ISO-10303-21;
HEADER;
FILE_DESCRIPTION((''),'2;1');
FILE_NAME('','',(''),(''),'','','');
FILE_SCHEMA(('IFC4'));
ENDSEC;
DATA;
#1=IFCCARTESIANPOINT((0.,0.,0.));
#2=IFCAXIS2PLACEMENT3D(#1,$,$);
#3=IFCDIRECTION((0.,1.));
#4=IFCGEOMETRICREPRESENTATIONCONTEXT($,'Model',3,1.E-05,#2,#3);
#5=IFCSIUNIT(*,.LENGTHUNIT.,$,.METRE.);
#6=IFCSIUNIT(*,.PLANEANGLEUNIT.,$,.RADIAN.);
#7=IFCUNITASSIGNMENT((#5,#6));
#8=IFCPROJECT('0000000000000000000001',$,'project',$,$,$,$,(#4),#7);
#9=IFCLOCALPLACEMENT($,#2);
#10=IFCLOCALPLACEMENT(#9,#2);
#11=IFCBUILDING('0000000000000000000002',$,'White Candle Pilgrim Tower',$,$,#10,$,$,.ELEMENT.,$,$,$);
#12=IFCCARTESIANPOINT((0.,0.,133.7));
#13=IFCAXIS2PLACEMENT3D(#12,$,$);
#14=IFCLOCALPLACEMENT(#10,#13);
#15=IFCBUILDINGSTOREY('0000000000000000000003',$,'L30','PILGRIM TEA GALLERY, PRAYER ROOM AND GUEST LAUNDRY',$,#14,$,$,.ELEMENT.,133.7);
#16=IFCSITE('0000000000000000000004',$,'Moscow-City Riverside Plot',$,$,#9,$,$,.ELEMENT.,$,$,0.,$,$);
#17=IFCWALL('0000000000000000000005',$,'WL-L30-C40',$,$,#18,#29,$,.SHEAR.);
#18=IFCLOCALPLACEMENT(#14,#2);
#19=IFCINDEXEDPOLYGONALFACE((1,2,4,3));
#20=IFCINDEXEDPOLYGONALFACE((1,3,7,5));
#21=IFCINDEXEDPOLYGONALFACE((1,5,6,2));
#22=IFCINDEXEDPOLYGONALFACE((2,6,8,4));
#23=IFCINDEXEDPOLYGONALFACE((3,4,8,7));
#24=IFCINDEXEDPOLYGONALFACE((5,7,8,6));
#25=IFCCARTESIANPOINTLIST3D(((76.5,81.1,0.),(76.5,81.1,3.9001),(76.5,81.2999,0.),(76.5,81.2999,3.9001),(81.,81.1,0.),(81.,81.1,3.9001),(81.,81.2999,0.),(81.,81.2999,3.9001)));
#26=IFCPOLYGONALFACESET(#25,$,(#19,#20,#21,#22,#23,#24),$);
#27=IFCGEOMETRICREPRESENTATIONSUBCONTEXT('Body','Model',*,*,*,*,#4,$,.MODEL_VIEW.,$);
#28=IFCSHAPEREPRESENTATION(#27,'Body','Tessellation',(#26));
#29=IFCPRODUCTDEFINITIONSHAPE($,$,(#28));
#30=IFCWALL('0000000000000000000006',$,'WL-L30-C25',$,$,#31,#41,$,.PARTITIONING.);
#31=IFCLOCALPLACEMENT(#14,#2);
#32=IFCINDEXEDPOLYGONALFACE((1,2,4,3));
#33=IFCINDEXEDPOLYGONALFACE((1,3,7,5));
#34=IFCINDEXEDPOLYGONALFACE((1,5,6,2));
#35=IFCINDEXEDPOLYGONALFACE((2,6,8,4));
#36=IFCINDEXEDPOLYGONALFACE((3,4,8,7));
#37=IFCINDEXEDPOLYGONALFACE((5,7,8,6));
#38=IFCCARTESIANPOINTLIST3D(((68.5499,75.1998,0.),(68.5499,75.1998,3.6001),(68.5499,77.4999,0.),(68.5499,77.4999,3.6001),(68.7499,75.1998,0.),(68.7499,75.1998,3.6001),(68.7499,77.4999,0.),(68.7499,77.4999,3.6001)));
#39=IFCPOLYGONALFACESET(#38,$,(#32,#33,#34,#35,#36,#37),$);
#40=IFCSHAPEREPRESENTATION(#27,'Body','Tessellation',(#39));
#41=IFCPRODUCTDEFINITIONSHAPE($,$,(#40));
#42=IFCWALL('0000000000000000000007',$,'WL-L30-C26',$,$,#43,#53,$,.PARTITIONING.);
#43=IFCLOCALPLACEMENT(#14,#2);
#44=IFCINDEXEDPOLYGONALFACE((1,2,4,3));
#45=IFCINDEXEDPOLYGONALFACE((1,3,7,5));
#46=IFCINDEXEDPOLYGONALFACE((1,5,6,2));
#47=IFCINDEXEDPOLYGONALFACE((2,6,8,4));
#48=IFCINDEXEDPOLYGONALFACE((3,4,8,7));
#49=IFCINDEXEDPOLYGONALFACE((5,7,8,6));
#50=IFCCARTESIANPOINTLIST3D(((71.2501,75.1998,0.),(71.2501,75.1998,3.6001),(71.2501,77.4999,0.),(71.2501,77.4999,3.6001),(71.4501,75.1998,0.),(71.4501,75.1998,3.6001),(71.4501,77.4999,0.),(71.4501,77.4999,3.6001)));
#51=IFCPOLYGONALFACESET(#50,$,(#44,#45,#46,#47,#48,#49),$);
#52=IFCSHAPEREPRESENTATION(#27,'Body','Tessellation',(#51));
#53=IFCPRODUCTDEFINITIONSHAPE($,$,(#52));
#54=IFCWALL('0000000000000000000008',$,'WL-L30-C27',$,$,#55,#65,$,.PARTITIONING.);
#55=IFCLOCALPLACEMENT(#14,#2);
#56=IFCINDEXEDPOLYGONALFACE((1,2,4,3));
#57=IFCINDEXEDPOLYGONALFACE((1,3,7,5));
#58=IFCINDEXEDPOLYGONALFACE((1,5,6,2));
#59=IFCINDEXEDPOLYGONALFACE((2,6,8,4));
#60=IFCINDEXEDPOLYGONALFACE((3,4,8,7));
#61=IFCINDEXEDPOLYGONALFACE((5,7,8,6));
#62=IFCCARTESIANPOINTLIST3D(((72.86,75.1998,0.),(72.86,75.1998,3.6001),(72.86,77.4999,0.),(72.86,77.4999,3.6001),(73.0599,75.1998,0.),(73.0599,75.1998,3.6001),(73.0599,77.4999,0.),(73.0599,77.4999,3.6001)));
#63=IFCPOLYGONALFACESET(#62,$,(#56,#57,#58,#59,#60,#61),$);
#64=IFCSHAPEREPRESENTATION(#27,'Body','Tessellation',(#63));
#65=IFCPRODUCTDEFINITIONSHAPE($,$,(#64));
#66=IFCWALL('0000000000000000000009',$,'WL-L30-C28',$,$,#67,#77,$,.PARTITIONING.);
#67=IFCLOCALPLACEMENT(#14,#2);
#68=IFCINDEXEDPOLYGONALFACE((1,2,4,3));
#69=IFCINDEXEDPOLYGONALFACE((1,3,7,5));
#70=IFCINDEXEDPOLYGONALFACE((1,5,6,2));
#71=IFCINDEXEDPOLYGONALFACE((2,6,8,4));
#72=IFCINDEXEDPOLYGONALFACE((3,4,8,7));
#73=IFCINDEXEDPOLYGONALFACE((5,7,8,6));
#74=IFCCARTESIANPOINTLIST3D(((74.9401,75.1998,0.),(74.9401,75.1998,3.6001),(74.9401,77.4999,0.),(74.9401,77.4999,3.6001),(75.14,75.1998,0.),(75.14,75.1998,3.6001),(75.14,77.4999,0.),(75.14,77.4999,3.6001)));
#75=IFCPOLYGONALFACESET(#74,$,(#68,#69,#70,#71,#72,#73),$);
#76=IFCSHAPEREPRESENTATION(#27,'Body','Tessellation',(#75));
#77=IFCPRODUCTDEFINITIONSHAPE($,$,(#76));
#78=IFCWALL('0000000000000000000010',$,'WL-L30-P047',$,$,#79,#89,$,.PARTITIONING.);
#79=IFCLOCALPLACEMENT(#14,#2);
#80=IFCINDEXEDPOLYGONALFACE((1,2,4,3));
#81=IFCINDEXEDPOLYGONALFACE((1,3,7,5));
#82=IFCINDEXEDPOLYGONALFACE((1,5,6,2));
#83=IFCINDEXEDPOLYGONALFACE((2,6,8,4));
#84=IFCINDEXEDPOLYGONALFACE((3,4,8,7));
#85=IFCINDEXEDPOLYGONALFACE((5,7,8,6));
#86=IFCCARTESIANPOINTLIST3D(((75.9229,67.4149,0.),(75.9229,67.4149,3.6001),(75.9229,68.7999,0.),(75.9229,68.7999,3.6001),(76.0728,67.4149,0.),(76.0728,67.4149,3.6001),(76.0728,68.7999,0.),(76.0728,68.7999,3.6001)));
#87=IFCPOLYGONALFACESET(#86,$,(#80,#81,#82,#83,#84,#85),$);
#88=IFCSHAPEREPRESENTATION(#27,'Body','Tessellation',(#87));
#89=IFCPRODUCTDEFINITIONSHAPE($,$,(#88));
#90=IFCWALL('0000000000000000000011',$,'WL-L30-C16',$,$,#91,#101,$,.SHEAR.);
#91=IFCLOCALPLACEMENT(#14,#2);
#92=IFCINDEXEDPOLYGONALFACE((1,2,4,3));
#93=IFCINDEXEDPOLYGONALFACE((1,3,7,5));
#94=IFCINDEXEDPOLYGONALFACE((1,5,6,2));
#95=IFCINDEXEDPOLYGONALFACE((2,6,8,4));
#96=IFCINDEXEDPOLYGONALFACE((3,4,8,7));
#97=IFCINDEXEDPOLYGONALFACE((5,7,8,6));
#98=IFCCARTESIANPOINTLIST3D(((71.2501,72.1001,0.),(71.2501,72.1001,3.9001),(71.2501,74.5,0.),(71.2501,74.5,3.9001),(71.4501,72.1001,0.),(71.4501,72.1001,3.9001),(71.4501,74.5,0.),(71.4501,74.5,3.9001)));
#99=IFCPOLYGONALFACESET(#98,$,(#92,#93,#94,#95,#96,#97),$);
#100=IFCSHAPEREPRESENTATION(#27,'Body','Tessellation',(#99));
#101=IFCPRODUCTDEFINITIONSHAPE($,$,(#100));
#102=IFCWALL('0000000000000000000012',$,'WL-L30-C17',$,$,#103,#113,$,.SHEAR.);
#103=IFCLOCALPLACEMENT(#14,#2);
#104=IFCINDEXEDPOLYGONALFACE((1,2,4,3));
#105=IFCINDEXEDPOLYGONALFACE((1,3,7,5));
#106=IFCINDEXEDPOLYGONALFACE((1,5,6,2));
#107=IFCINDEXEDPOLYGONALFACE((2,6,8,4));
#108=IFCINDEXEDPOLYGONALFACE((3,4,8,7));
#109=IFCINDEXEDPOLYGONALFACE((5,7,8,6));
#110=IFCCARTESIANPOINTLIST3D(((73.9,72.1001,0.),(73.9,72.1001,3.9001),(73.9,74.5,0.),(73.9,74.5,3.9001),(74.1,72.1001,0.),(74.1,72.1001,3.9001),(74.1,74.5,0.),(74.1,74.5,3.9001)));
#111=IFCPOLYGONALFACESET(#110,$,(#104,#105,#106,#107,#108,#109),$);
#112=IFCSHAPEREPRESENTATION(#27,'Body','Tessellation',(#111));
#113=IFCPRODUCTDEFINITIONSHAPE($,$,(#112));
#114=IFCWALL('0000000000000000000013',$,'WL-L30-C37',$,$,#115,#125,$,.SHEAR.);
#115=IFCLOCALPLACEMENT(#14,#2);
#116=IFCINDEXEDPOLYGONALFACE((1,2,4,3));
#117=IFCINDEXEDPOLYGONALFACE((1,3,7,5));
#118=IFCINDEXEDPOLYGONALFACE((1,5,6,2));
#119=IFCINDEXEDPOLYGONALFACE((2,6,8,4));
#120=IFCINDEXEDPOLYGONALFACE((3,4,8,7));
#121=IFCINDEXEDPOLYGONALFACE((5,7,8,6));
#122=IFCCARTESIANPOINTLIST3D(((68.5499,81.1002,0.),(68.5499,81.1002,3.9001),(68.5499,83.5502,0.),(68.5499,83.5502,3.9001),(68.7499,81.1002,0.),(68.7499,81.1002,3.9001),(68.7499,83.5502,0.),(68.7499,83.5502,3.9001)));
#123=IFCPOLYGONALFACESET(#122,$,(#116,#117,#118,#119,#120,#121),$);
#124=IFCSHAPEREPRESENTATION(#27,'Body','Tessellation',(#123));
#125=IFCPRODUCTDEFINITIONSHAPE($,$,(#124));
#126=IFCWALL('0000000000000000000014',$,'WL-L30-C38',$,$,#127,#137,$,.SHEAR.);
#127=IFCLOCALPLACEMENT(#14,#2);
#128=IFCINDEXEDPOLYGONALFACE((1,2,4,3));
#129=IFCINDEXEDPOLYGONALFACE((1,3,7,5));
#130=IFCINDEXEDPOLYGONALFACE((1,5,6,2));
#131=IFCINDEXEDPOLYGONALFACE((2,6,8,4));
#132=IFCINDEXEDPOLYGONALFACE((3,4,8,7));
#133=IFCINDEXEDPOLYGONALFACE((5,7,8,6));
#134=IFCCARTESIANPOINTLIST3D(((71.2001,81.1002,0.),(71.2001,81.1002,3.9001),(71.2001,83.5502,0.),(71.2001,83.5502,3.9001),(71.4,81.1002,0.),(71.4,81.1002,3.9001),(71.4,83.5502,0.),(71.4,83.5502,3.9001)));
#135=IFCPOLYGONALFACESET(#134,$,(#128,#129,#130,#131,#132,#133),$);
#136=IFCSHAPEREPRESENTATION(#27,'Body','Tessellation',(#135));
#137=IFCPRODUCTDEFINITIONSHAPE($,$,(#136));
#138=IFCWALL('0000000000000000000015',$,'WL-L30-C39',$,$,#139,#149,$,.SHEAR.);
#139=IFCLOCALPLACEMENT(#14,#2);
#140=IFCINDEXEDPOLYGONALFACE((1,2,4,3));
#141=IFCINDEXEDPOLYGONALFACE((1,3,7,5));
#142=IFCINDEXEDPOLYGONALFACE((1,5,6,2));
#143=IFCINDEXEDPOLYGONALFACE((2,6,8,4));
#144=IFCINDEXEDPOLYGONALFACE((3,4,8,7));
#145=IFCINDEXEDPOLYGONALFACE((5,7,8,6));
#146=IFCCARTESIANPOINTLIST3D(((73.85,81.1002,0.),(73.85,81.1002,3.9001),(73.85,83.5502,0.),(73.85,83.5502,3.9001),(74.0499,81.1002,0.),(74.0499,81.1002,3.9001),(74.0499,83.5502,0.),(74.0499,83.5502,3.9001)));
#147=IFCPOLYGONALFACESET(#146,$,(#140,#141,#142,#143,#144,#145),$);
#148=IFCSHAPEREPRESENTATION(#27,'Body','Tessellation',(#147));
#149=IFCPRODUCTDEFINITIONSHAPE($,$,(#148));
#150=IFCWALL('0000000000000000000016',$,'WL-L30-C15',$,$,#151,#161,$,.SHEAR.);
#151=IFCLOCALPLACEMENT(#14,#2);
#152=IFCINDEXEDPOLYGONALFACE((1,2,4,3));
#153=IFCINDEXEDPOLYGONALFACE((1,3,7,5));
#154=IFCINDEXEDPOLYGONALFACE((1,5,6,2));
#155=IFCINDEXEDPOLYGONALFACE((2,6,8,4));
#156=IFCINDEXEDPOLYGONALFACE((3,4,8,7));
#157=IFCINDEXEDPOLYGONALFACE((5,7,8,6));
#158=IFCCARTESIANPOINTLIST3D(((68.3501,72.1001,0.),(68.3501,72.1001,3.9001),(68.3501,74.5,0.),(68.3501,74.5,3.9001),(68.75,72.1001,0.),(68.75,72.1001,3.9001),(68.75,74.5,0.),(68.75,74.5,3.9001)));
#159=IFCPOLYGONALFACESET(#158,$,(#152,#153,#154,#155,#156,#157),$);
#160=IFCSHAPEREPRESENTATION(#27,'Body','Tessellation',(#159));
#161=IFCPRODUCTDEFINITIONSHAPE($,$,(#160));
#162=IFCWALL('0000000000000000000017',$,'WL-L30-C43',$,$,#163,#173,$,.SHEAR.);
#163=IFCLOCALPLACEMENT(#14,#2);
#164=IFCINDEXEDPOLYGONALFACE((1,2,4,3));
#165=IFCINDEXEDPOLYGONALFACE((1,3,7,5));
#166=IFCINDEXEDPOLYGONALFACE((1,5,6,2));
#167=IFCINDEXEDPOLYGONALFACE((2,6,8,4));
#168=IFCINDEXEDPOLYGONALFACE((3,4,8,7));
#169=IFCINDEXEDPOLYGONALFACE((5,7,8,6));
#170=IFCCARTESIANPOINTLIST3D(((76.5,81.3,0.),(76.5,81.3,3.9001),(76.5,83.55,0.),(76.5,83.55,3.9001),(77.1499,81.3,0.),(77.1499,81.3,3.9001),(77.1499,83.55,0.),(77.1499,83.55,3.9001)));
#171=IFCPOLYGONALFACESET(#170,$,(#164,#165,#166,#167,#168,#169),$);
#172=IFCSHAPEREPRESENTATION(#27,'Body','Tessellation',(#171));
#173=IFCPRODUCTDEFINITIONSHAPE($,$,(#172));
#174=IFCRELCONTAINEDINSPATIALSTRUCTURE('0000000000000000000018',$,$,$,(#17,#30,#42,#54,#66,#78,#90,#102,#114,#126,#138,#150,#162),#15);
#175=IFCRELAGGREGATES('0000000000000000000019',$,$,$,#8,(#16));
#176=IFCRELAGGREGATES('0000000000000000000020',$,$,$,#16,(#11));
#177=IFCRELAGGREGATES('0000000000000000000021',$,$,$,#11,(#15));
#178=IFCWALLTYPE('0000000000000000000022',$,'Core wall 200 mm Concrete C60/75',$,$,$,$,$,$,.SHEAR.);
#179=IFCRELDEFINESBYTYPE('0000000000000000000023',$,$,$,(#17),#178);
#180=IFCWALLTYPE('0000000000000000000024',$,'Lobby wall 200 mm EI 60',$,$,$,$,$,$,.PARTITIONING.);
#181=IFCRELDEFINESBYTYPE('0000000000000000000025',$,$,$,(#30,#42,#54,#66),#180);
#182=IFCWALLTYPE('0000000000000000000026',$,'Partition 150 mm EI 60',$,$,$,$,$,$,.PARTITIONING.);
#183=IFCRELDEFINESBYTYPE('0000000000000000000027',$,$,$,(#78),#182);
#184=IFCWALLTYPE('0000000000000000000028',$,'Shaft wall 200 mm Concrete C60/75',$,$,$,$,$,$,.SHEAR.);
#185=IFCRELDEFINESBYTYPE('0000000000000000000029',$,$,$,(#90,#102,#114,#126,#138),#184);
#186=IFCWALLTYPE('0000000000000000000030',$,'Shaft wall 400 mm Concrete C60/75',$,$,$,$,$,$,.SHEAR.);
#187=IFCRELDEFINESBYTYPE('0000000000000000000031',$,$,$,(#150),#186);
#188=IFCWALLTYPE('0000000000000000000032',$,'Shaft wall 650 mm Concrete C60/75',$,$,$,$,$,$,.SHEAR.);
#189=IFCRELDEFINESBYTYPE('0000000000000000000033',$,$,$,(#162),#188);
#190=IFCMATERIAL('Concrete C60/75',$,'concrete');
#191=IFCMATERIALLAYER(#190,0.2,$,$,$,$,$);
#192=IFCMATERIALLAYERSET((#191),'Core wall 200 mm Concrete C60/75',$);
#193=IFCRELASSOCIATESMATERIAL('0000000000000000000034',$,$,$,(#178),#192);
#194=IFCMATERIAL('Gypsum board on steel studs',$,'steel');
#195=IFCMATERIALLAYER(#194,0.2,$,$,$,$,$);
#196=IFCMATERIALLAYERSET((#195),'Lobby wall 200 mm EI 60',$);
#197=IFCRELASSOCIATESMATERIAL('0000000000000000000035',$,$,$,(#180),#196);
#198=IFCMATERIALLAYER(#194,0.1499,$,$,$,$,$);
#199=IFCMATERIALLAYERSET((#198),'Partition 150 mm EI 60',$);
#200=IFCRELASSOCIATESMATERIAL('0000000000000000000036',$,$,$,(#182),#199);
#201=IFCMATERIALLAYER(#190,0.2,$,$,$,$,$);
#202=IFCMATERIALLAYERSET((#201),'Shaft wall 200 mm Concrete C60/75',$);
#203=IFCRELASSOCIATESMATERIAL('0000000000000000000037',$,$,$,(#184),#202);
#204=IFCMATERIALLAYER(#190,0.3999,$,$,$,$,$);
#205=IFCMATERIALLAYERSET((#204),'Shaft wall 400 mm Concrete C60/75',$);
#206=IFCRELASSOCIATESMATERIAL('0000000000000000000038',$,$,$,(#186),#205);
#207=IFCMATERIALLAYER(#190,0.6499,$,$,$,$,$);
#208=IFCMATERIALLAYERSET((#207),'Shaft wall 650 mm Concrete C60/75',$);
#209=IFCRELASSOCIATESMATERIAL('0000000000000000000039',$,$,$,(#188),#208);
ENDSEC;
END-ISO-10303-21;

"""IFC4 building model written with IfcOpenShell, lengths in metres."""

from ifc_helpers import new_model, si_unit, direction, frame, frame_2d, origin, place, context, subcontext, project, spatial, rectangle, extrude, material, layer, layer_set, type_object, element, save


model = new_model("IFC4")

# Units and contexts
model_context = context("Model", 3, precision=1e-05, world=origin(), true_north=direction((0.0, 1.0)))
body_context = subcontext(model_context, "Body", "Model", "MODEL_VIEW")
ifc_project = project(units=[si_unit("LENGTHUNIT", "METRE"), si_unit("PLANEANGLEUNIT", "RADIAN")], contexts=[model_context])

# Site, building, storey
site_placement = place(None, origin())
site = spatial("IfcSite", under=ifc_project, at=site_placement, Name="Moscow-City Riverside Plot", CompositionType="ELEMENT", RefElevation=0.0)
building_placement = place(site_placement, origin())
building = spatial("IfcBuilding", under=site, at=building_placement, Name="White Candle Pilgrim Tower", CompositionType="ELEMENT")
storey_placement = place(building_placement, frame((0.0, 0.0, 133.7)))
storey = spatial("IfcBuildingStorey", under=building, at=storey_placement, Name="L30", Description="PILGRIM TEA GALLERY, PRAYER ROOM AND GUEST LAUNDRY", CompositionType="ELEMENT", Elevation=133.7)

# Walls
ifc_material_1 = material(Name="Concrete C60/75", Category="concrete")
ifc_layer_1 = layer(ifc_material_1, 0.2)
ifc_layer_set_1 = layer_set([ifc_layer_1], Name="Core wall 200 mm Concrete C60/75")
wall_type_1 = type_object("IfcWallType", Name="Core wall 200 mm Concrete C60/75", PredefinedType="SHEAR", material=ifc_layer_set_1)
wall_1_placement = place(storey_placement, frame((76.5, 81.2, 0.0), z_axis=(0.0, 0.0, 1.0), x_axis=(1.0, 0.0, 0.0)))
element("IfcWall", 1, at=wall_1_placement, inside=storey, type_object=wall_type_1, Name="WL-L30-C40", PredefinedType="SHEAR", context=body_context, shape_type="SweptSolid", body=[
    extrude(rectangle(XDim=4.5, YDim=0.2, at=frame_2d((2.25, 0.0))), origin(), (0.0, 0.0, 1.0), 3.9001),
])
ifc_material_2 = material(Name="Gypsum board on steel studs", Category="steel")
ifc_layer_2 = layer(ifc_material_2, 0.2)
ifc_layer_set_2 = layer_set([ifc_layer_2], Name="Lobby wall 200 mm EI 60")
wall_type_2 = type_object("IfcWallType", Name="Lobby wall 200 mm EI 60", PredefinedType="PARTITIONING", material=ifc_layer_set_2)
for number, where, z_axis, x_axis, name in (
    (2, (68.6499, 75.2, 0.0), (0.0, 0.0, 1.0), (0.0, 1.0, 0.0), "WL-L30-C25"),
    (3, (71.3501, 75.2, 0.0), (0.0, 0.0, 1.0), (0.0, 1.0, 0.0), "WL-L30-C26"),
    (4, (72.96, 75.2, 0.0), (0.0, 0.0, 1.0), (0.0, 1.0, 0.0), "WL-L30-C27"),
    (5, (75.04, 75.2, 0.0), (0.0, 0.0, 1.0), (0.0, 1.0, 0.0), "WL-L30-C28"),
):
    element("IfcWall", number, at=place(storey_placement, frame(where, z_axis=z_axis, x_axis=x_axis)), inside=storey, type_object=wall_type_2, Name=name, PredefinedType="PARTITIONING", context=body_context, shape_type="SweptSolid", body=[
        extrude(rectangle(XDim=2.3, YDim=0.2, at=frame_2d((1.1499, 0.0))), origin(), (0.0, 0.0, 1.0), 3.6001),
    ])
ifc_layer_3 = layer(ifc_material_2, 0.1499)
ifc_layer_set_3 = layer_set([ifc_layer_3], Name="Partition 150 mm EI 60")
wall_type_3 = type_object("IfcWallType", Name="Partition 150 mm EI 60", PredefinedType="PARTITIONING", material=ifc_layer_set_3)
wall_2_placement = place(storey_placement, frame((75.9978, 67.415, 0.0), z_axis=(0.0, 0.0, 1.0), x_axis=(0.0, 1.0, 0.0)))
element("IfcWall", 6, at=wall_2_placement, inside=storey, type_object=wall_type_3, Name="WL-L30-P047", PredefinedType="PARTITIONING", context=body_context, shape_type="SweptSolid", body=[
    extrude(rectangle(XDim=1.385, YDim=0.1499, at=frame_2d((0.6924, 0.0))), origin(), (0.0, 0.0, 1.0), 3.6001),
])
ifc_layer_4 = layer(ifc_material_1, 0.2)
ifc_layer_set_4 = layer_set([ifc_layer_4], Name="Shaft wall 200 mm Concrete C60/75")
wall_type_4 = type_object("IfcWallType", Name="Shaft wall 200 mm Concrete C60/75", PredefinedType="SHEAR", material=ifc_layer_set_4)
for number, where, z_axis, x_axis, name in (
    (7, (71.3501, 72.1001, 0.0), (0.0, 0.0, 1.0), (0.0, 1.0, 0.0), "WL-L30-C16"),
    (8, (74.0, 72.1001, 0.0), (0.0, 0.0, 1.0), (0.0, 1.0, 0.0), "WL-L30-C17"),
):
    element("IfcWall", number, at=place(storey_placement, frame(where, z_axis=z_axis, x_axis=x_axis)), inside=storey, type_object=wall_type_4, Name=name, PredefinedType="SHEAR", context=body_context, shape_type="SweptSolid", body=[
        extrude(rectangle(XDim=2.3999, YDim=0.2, at=frame_2d((1.2, 0.0))), origin(), (0.0, 0.0, 1.0), 3.9001),
    ])
for number, where, z_axis, x_axis, name in (
    (9, (68.6499, 81.1001, 0.0), (0.0, 0.0, 1.0), (0.0, 1.0, 0.0), "WL-L30-C37"),
    (10, (71.3, 81.1001, 0.0), (0.0, 0.0, 1.0), (0.0, 1.0, 0.0), "WL-L30-C38"),
    (11, (73.95, 81.1001, 0.0), (0.0, 0.0, 1.0), (0.0, 1.0, 0.0), "WL-L30-C39"),
):
    element("IfcWall", number, at=place(storey_placement, frame(where, z_axis=z_axis, x_axis=x_axis)), inside=storey, type_object=wall_type_4, Name=name, PredefinedType="SHEAR", context=body_context, shape_type="SweptSolid", body=[
        extrude(rectangle(XDim=2.45, YDim=0.2, at=frame_2d((1.2251, 0.0))), origin(), (0.0, 0.0, 1.0), 3.9001),
    ])
ifc_layer_5 = layer(ifc_material_1, 0.3999)
ifc_layer_set_5 = layer_set([ifc_layer_5], Name="Shaft wall 400 mm Concrete C60/75")
wall_type_5 = type_object("IfcWallType", Name="Shaft wall 400 mm Concrete C60/75", PredefinedType="SHEAR", material=ifc_layer_set_5)
wall_3_placement = place(storey_placement, frame((68.55, 72.1001, 0.0), z_axis=(0.0, 0.0, 1.0), x_axis=(0.0, 1.0, 0.0)))
element("IfcWall", 12, at=wall_3_placement, inside=storey, type_object=wall_type_5, Name="WL-L30-C15", PredefinedType="SHEAR", context=body_context, shape_type="SweptSolid", body=[
    extrude(rectangle(XDim=2.3999, YDim=0.3999, at=frame_2d((1.2, 0.0))), origin(), (0.0, 0.0, 1.0), 3.9001),
])
ifc_layer_6 = layer(ifc_material_1, 0.6499)
ifc_layer_set_6 = layer_set([ifc_layer_6], Name="Shaft wall 650 mm Concrete C60/75")
wall_type_6 = type_object("IfcWallType", Name="Shaft wall 650 mm Concrete C60/75", PredefinedType="SHEAR", material=ifc_layer_set_6)
wall_4_placement = place(storey_placement, frame((76.825, 81.3, 0.0), z_axis=(0.0, 0.0, 1.0), x_axis=(0.0, 1.0, 0.0)))
element("IfcWall", 13, at=wall_4_placement, inside=storey, type_object=wall_type_6, Name="WL-L30-C43", PredefinedType="SHEAR", context=body_context, shape_type="SweptSolid", body=[
    extrude(rectangle(XDim=2.25, YDim=0.6499, at=frame_2d((1.125, 0.0))), origin(), (0.0, 0.0, 1.0), 3.9001),
])

save(model, "model.ifc")
